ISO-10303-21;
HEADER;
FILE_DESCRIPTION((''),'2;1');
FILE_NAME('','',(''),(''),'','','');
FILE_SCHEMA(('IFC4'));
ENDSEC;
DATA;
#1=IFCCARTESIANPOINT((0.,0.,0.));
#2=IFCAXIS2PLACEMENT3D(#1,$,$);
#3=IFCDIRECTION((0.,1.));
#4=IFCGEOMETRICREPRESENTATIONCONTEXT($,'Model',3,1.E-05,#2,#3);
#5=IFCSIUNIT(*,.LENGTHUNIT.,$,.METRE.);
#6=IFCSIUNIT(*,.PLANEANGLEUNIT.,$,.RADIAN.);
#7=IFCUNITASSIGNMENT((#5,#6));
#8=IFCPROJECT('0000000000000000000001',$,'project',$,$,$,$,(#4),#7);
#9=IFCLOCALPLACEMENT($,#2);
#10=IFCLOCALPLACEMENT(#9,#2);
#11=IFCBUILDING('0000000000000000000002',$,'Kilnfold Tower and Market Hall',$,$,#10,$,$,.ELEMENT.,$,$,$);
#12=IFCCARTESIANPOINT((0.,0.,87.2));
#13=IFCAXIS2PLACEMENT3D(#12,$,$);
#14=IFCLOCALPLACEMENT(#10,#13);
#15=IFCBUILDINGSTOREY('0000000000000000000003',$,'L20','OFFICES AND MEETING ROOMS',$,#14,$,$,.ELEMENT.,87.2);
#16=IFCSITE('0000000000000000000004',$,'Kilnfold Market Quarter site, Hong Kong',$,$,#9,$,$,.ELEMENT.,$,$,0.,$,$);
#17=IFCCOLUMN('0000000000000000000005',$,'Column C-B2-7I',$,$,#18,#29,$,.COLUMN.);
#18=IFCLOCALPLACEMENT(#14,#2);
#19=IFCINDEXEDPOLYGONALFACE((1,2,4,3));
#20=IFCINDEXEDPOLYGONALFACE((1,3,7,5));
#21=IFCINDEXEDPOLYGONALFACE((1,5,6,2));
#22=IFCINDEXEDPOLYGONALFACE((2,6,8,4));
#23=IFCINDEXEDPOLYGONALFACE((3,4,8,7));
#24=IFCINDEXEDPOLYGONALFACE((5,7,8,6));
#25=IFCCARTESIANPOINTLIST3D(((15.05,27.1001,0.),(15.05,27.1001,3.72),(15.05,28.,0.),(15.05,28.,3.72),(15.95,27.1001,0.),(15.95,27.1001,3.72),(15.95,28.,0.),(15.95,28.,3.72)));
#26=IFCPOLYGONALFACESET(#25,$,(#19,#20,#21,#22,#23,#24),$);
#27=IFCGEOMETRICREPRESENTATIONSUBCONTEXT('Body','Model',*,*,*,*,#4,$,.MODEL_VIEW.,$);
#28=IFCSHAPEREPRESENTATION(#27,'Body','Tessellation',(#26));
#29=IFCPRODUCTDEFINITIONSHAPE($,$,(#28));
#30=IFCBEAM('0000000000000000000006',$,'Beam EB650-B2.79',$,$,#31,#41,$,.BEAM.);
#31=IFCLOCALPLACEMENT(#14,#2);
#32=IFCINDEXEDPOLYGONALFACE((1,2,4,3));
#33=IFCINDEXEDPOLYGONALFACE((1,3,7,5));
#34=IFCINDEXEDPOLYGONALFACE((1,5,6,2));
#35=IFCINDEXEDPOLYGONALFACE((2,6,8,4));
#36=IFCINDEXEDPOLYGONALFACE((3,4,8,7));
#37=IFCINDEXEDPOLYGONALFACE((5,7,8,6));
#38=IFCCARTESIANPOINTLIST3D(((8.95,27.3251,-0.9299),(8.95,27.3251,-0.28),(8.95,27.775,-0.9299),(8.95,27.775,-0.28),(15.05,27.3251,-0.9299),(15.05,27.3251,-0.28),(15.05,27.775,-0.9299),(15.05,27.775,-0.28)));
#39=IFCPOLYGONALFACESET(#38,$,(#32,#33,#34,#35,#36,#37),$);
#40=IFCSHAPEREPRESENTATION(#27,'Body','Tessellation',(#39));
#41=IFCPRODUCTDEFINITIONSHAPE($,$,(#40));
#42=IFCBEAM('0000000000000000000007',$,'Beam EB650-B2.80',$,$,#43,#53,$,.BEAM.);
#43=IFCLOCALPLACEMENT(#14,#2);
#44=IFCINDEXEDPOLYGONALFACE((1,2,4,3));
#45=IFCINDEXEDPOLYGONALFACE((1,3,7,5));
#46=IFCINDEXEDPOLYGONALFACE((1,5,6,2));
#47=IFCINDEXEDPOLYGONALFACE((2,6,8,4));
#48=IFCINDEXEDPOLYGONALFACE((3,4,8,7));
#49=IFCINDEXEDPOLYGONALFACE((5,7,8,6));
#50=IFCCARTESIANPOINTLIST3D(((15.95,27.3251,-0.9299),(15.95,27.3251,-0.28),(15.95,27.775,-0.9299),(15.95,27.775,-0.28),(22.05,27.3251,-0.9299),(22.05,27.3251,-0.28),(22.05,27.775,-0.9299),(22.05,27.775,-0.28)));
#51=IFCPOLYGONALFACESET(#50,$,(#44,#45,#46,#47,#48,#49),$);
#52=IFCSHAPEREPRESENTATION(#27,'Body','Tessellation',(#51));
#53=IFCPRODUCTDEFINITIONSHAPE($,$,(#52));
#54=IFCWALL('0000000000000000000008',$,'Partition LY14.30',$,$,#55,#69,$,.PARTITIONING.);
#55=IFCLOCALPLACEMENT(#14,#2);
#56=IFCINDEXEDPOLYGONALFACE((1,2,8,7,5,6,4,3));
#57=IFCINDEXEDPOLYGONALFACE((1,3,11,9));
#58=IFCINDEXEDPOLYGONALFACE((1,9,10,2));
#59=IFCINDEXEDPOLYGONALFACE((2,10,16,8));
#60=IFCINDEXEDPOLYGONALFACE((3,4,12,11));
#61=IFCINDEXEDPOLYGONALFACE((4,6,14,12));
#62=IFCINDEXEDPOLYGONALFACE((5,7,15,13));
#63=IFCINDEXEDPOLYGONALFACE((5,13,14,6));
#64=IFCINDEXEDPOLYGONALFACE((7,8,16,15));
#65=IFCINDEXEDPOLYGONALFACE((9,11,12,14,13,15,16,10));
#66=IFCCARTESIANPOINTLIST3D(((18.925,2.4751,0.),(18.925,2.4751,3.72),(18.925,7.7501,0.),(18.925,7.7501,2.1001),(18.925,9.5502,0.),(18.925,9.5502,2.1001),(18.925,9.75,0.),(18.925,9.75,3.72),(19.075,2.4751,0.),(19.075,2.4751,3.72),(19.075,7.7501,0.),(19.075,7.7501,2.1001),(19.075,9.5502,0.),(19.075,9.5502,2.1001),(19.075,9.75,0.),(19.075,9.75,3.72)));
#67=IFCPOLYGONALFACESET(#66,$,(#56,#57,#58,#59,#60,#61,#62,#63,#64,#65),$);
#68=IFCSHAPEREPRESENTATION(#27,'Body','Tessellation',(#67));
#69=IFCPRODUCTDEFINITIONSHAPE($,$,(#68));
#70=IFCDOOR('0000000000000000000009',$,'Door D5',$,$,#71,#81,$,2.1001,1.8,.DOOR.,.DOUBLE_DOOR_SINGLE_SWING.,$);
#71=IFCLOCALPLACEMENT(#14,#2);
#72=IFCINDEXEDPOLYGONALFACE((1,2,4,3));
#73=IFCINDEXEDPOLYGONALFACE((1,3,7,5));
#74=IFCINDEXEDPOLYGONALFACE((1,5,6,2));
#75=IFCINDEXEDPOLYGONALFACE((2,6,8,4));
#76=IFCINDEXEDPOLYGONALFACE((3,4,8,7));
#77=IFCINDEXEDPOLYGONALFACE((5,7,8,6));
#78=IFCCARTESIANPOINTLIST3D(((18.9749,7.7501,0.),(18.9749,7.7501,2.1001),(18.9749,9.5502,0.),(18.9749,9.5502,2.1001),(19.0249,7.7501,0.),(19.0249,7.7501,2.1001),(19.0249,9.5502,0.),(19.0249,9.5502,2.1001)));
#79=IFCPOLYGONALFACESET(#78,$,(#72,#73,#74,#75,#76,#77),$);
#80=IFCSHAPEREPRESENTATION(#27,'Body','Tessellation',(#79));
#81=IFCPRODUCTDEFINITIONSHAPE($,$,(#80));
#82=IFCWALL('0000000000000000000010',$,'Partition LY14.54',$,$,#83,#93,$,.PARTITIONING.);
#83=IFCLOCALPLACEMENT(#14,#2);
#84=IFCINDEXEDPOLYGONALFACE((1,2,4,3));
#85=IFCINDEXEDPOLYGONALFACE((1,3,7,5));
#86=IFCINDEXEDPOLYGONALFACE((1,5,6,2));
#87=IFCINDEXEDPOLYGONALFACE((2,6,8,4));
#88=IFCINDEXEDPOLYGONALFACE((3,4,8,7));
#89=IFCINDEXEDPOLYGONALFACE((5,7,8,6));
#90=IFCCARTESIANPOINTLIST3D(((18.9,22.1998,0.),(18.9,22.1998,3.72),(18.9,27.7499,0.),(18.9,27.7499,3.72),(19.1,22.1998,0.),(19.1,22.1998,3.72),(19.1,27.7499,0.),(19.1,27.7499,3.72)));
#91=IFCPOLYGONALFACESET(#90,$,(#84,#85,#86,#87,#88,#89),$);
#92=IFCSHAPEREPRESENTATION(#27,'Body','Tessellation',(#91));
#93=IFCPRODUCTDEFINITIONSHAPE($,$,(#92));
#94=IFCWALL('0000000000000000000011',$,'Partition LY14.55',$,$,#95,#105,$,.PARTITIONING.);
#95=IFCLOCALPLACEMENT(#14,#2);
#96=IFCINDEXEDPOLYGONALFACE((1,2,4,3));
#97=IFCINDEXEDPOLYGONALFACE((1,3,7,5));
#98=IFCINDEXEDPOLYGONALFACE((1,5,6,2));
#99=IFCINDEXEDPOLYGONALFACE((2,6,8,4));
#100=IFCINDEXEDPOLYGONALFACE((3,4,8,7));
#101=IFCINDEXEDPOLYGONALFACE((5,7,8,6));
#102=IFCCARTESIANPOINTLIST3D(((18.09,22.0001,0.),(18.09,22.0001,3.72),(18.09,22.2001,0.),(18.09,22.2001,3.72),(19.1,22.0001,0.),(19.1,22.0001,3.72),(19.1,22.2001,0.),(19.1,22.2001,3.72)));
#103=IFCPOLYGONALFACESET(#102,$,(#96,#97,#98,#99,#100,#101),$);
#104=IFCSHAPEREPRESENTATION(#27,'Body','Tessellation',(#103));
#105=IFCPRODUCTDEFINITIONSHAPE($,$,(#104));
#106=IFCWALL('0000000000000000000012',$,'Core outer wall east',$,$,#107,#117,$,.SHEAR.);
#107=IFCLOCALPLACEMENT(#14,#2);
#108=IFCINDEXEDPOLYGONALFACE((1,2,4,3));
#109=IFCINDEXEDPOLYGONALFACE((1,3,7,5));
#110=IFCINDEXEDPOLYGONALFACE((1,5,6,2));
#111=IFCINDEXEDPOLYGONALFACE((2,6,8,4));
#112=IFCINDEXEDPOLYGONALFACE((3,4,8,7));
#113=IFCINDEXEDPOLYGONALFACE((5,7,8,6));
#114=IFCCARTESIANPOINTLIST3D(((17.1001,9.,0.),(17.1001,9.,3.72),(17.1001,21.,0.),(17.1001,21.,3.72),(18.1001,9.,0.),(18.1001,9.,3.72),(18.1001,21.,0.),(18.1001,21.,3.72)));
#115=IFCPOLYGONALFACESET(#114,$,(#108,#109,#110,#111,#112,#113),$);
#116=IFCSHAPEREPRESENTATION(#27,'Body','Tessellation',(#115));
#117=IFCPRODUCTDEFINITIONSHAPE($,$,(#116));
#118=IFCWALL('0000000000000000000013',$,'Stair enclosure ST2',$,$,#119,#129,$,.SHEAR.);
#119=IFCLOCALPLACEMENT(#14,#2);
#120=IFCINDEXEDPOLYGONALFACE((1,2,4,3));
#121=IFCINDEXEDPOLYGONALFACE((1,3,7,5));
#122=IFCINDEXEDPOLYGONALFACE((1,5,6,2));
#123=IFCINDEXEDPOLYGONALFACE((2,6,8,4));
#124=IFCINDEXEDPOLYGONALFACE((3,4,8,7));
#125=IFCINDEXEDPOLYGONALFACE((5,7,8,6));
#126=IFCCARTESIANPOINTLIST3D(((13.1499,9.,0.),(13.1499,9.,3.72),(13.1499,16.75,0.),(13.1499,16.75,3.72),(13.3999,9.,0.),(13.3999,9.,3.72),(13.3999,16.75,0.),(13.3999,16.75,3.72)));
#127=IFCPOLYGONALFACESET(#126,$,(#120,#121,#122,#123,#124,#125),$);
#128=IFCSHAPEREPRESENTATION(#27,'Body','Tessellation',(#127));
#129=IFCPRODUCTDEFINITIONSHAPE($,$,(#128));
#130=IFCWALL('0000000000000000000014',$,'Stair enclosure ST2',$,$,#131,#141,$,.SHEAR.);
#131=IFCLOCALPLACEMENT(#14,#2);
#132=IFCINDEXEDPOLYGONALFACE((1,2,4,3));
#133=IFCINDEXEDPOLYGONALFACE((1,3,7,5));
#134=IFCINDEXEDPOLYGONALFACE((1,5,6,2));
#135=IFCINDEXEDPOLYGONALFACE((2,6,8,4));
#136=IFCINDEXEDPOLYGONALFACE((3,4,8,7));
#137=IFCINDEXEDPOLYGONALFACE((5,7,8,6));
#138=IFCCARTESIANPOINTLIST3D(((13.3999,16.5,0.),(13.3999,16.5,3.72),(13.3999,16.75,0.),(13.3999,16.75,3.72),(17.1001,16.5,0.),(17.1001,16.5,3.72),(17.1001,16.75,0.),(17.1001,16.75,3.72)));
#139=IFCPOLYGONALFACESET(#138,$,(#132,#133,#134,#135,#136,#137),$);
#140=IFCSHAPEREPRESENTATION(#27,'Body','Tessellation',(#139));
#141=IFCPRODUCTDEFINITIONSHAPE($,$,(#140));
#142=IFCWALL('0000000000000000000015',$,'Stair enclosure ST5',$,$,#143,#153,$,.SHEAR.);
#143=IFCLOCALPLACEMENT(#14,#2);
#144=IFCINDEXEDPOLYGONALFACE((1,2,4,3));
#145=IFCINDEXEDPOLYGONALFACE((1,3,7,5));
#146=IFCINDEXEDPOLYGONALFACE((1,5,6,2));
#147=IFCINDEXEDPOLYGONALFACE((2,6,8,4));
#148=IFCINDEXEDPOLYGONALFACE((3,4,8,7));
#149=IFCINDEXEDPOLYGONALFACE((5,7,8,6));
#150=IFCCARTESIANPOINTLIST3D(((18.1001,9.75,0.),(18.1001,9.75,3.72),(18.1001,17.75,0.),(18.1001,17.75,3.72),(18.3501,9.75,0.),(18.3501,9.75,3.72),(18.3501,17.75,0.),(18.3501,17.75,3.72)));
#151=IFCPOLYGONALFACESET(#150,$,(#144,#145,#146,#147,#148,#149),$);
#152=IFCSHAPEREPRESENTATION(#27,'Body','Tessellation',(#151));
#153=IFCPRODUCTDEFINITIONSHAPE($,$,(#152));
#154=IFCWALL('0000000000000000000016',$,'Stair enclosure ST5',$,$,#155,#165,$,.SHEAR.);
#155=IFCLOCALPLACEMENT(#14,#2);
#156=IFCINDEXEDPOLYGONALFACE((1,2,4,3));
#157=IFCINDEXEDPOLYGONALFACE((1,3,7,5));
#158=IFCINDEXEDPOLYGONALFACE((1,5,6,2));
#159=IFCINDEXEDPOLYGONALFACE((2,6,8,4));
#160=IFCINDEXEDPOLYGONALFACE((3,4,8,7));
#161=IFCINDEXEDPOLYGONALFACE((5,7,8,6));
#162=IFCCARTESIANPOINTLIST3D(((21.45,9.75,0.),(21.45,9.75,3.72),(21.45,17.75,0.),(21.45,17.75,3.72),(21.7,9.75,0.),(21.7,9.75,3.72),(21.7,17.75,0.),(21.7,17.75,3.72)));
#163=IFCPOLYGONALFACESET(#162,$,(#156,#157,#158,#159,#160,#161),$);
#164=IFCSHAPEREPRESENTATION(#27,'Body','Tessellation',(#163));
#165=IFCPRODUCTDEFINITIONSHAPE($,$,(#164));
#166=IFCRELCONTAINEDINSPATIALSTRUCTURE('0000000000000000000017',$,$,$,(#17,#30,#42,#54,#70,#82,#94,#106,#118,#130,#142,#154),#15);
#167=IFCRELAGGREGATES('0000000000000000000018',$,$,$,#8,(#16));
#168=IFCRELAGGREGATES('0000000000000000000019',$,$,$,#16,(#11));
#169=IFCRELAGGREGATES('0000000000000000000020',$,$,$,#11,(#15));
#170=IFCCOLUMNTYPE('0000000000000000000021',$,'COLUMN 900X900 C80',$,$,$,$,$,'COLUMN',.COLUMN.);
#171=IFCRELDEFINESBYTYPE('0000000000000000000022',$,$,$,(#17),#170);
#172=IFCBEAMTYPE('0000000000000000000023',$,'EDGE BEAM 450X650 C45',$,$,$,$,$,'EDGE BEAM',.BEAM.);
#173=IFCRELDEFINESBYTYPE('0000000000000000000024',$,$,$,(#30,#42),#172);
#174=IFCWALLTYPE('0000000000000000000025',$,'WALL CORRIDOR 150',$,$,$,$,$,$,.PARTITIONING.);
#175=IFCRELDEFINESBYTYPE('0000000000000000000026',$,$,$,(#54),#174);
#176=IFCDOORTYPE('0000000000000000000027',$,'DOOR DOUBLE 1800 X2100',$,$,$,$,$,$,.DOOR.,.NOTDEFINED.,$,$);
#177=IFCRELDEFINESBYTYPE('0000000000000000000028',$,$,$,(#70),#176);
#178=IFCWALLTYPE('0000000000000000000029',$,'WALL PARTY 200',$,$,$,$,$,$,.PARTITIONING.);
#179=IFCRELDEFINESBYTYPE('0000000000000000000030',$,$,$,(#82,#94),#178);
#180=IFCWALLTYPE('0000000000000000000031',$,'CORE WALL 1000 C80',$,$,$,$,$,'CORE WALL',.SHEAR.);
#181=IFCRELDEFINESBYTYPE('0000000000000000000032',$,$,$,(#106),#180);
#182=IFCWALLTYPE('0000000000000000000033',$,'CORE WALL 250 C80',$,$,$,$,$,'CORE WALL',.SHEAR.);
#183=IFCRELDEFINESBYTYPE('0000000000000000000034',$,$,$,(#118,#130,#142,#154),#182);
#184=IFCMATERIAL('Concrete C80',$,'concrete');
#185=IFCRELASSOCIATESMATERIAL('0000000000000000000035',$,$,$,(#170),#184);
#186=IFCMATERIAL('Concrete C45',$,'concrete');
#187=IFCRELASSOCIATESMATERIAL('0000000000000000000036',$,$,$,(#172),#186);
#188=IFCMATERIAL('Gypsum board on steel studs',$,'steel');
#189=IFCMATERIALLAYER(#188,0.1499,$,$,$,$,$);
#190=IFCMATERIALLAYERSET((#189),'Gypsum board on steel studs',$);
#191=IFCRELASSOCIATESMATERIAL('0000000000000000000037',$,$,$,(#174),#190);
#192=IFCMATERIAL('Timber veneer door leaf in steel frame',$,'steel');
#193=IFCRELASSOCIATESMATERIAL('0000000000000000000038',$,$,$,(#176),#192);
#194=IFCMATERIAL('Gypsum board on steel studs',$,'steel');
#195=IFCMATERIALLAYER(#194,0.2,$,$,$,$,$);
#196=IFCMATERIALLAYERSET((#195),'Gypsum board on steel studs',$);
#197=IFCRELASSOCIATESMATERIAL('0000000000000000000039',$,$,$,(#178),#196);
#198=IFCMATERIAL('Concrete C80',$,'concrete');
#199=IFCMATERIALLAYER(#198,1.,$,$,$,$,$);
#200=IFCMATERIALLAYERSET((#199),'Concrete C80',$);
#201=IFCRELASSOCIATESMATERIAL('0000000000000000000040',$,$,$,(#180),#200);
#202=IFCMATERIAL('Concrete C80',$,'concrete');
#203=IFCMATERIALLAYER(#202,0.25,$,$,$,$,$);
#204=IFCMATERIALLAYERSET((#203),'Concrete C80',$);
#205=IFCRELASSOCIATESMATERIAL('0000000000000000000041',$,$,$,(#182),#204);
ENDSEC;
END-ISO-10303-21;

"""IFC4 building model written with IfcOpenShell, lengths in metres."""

from ifc_helpers import new_model, si_unit, direction, frame, frame_2d, origin, origin_2d, place, context, subcontext, project, spatial, rectangle, extrude, source, transform, mapped, material, layer, layer_set, material_profile, profile_set, type_object, element, fill, save


model = new_model("IFC4")

# Units and contexts
model_context = context("Model", 3, precision=1e-05, world=origin(), true_north=direction((0.0, 1.0)))
body_context = subcontext(model_context, "Body", "Model", "MODEL_VIEW")
ifc_project = project(units=[si_unit("LENGTHUNIT", "METRE"), si_unit("PLANEANGLEUNIT", "RADIAN")], contexts=[model_context])

# Site, building, storey
site_placement = place(None, origin())
site = spatial("IfcSite", under=ifc_project, at=site_placement, Name="Kilnfold Market Quarter site, Hong Kong", CompositionType="ELEMENT", RefElevation=0.0)
building_placement = place(site_placement, origin())
building = spatial("IfcBuilding", under=site, at=building_placement, Name="Kilnfold Tower and Market Hall", CompositionType="ELEMENT")
storey_placement = place(building_placement, frame((0.0, 0.0, 87.2)))
storey = spatial("IfcBuildingStorey", under=building, at=storey_placement, Name="L20", Description="OFFICES AND MEETING ROOMS", CompositionType="ELEMENT", Elevation=87.2)

# Column
ifc_material_1 = material(Name="Concrete C80", Category="concrete")
ifc_material_profile_1 = material_profile(ifc_material_1, rectangle(XDim=0.8999, YDim=0.8999, at=origin_2d()), Name="RC 900x900")
ifc_profile_set_1 = profile_set([ifc_material_profile_1], Name="Concrete C80")
column_type = type_object("IfcColumnType", Name="COLUMN 900X900 C80", ElementType="COLUMN", PredefinedType="COLUMN", material=ifc_profile_set_1)
shared_shape_1 = source(origin(), body_context, "Body", "SweptSolid", [
    extrude(rectangle(XDim=0.8999, YDim=0.8999, at=origin_2d()), origin(), (0.0, 0.0, 1.0), 3.72),
])
column_placement = place(storey_placement, frame((15.5, 27.55, 0.0), z_axis=(0.0, 0.0, 1.0), x_axis=(1.0, 0.0, 0.0)))
element("IfcColumn", 1, at=column_placement, inside=storey, type_object=column_type, Name="Column C-B2-7I", PredefinedType="COLUMN", context=body_context, shape_type="MappedRepresentation", body=[
    mapped(shared_shape_1, transform((0.0, 0.0, 0.0))),
])

# Beams
ifc_material_2 = material(Name="Concrete C45", Category="concrete")
ifc_material_profile_2 = material_profile(ifc_material_2, rectangle(XDim=0.45, YDim=0.6499, at=origin_2d()), Name="RC 450x650")
ifc_profile_set_2 = profile_set([ifc_material_profile_2], Name="Concrete C45")
beam_type = type_object("IfcBeamType", Name="EDGE BEAM 450X650 C45", ElementType="EDGE BEAM", PredefinedType="BEAM", material=ifc_profile_set_2)
shared_shape_2 = source(origin(), body_context, "Body", "SweptSolid", [
    extrude(rectangle(XDim=0.45, YDim=0.6499, at=origin_2d()), origin(), (0.0, 0.0, 1.0), 6.1001),
])
for number, where, z_axis, x_axis, name in (
    (2, (8.95, 27.55, -0.605), (1.0, 0.0, 0.0), (0.0, 1.0, 0.0), "Beam EB650-B2.79"),
    (3, (15.95, 27.55, -0.605), (1.0, 0.0, 0.0), (0.0, 1.0, 0.0), "Beam EB650-B2.80"),
):
    element("IfcBeam", number, at=place(storey_placement, frame(where, z_axis=z_axis, x_axis=x_axis)), inside=storey, type_object=beam_type, Name=name, PredefinedType="BEAM", context=body_context, shape_type="MappedRepresentation", body=[
        mapped(shared_shape_2, transform((0.0, 0.0, 0.0))),
    ])

# Wall, opening, door
ifc_material_3 = material(Name="Gypsum board on steel studs", Category="steel")
ifc_layer_1 = layer(ifc_material_3, 0.1499)
ifc_layer_set_1 = layer_set([ifc_layer_1], Name="Gypsum board on steel studs")
wall_type_1 = type_object("IfcWallType", Name="WALL CORRIDOR 150", PredefinedType="PARTITIONING", material=ifc_layer_set_1)
wall_1_placement = place(storey_placement, frame((19.0, 9.75, 0.0), z_axis=(0.0, 0.0, 1.0), x_axis=(0.0, -1.0, 0.0)))
wall_1 = element("IfcWall", 4, at=wall_1_placement, inside=storey, type_object=wall_type_1, Name="Partition LY14.30", PredefinedType="PARTITIONING", context=body_context, shape_type="SweptSolid", body=[
    extrude(rectangle(XDim=7.2749, YDim=0.1499, at=frame_2d((3.6375, 0.0))), origin(), (0.0, 0.0, 1.0), 3.72),
])
opening_1_placement = place(wall_1_placement, frame((0.2, 0.0, 0.0)))
opening_1 = element("IfcOpeningElement", 5, at=opening_1_placement, cuts=wall_1, PredefinedType="OPENING", context=body_context, shape_type="SweptSolid", body=[
    extrude(rectangle(XDim=1.8, YDim=2.1001, at=frame_2d((0.8999, 1.05))), frame((0.0, 0.085, 0.0), z_axis=(0.0, -1.0, 0.0), x_axis=(1.0, 0.0, 0.0)), (0.0, 0.0, 1.0), 0.1699),
])
ifc_material_4 = material(Name="Timber veneer door leaf in steel frame", Category="steel")
door_type_1 = type_object("IfcDoorType", Name="DOOR DOUBLE 1800 X2100", OperationType="NOTDEFINED", PredefinedType="DOOR", material=ifc_material_4)
door_1_placement = place(opening_1_placement, origin())
door_1 = element("IfcDoor", 6, at=door_1_placement, inside=storey, type_object=door_type_1, Name="Door D5", OperationType="DOUBLE_DOOR_SINGLE_SWING", OverallHeight=2.1001, OverallWidth=1.8, PredefinedType="DOOR", context=body_context, shape_type="SweptSolid", body=[
    extrude(rectangle(XDim=1.8, YDim=2.1001, at=frame_2d((0.8999, 1.05))), frame((0.0, 0.0249, 0.0), z_axis=(0.0, -1.0, 0.0), x_axis=(1.0, 0.0, 0.0)), (0.0, 0.0, 1.0), 0.05),
])
fill(opening_1, door_1)

# Walls
ifc_material_5 = material(Name="Gypsum board on steel studs", Category="steel")
ifc_layer_2 = layer(ifc_material_5, 0.2)
ifc_layer_set_2 = layer_set([ifc_layer_2], Name="Gypsum board on steel studs")
wall_type_2 = type_object("IfcWallType", Name="WALL PARTY 200", PredefinedType="PARTITIONING", material=ifc_layer_set_2)
wall_2_placement = place(storey_placement, frame((19.0, 22.2, 0.0), z_axis=(0.0, 0.0, 1.0), x_axis=(0.0, 1.0, 0.0)))
element("IfcWall", 7, at=wall_2_placement, inside=storey, type_object=wall_type_2, Name="Partition LY14.54", PredefinedType="PARTITIONING", context=body_context, shape_type="SweptSolid", body=[
    extrude(rectangle(XDim=5.55, YDim=0.2, at=frame_2d((2.7749, 0.0))), origin(), (0.0, 0.0, 1.0), 3.72),
])
wall_3_placement = place(storey_placement, frame((18.0901, 22.1001, 0.0), z_axis=(0.0, 0.0, 1.0), x_axis=(1.0, 0.0, 0.0)))
element("IfcWall", 8, at=wall_3_placement, inside=storey, type_object=wall_type_2, Name="Partition LY14.55", PredefinedType="PARTITIONING", context=body_context, shape_type="SweptSolid", body=[
    extrude(rectangle(XDim=1.01, YDim=0.2, at=frame_2d((0.5049, 0.0))), origin(), (0.0, 0.0, 1.0), 3.72),
])
ifc_material_6 = material(Name="Concrete C80", Category="concrete")
ifc_layer_3 = layer(ifc_material_6, 1.0)
ifc_layer_set_3 = layer_set([ifc_layer_3], Name="Concrete C80")
wall_type_3 = type_object("IfcWallType", Name="CORE WALL 1000 C80", ElementType="CORE WALL", PredefinedType="SHEAR", material=ifc_layer_set_3)
shared_shape_3 = source(origin(), body_context, "Body", "SweptSolid", [
    extrude(rectangle(XDim=12.0, YDim=1.0, at=frame_2d((6.0, 0.0))), origin(), (0.0, 0.0, 1.0), 3.72),
])
wall_4_placement = place(storey_placement, frame((17.6001, 9.0, 0.0), z_axis=(0.0, 0.0, 1.0), x_axis=(0.0, 1.0, 0.0)))
element("IfcWall", 9, at=wall_4_placement, inside=storey, type_object=wall_type_3, Name="Core outer wall east", PredefinedType="SHEAR", context=body_context, shape_type="MappedRepresentation", body=[
    mapped(shared_shape_3, transform((0.0, 0.0, 0.0))),
])
ifc_material_7 = material(Name="Concrete C80", Category="concrete")
ifc_layer_4 = layer(ifc_material_7, 0.25)
ifc_layer_set_4 = layer_set([ifc_layer_4], Name="Concrete C80")
wall_type_4 = type_object("IfcWallType", Name="CORE WALL 250 C80", ElementType="CORE WALL", PredefinedType="SHEAR", material=ifc_layer_set_4)
shared_shape_4 = source(origin(), body_context, "Body", "SweptSolid", [
    extrude(rectangle(XDim=7.75, YDim=0.25, at=frame_2d((3.875, 0.0))), origin(), (0.0, 0.0, 1.0), 3.72),
])
wall_5_placement = place(storey_placement, frame((13.2749, 9.0, 0.0), z_axis=(0.0, 0.0, 1.0), x_axis=(0.0, 1.0, 0.0)))
element("IfcWall", 10, at=wall_5_placement, inside=storey, type_object=wall_type_4, Name="Stair enclosure ST2", PredefinedType="SHEAR", context=body_context, shape_type="MappedRepresentation", body=[
    mapped(shared_shape_4, transform((0.0, 0.0, 0.0))),
])
shared_shape_5 = source(origin(), body_context, "Body", "SweptSolid", [
    extrude(rectangle(XDim=3.7002, YDim=0.25, at=frame_2d((1.8501, 0.0))), origin(), (0.0, 0.0, 1.0), 3.72),
])
wall_6_placement = place(storey_placement, frame((13.3999, 16.625, 0.0), z_axis=(0.0, 0.0, 1.0), x_axis=(1.0, 0.0, 0.0)))
element("IfcWall", 11, at=wall_6_placement, inside=storey, type_object=wall_type_4, Name="Stair enclosure ST2", PredefinedType="SHEAR", context=body_context, shape_type="MappedRepresentation", body=[
    mapped(shared_shape_5, transform((0.0, 0.0, 0.0))),
])
shared_shape_6 = source(origin(), body_context, "Body", "SweptSolid", [
    extrude(rectangle(XDim=8.0, YDim=0.25, at=frame_2d((4.0, 0.0))), origin(), (0.0, 0.0, 1.0), 3.72),
])
for number, where, z_axis, x_axis, name in (
    (12, (18.2251, 9.75, 0.0), (0.0, 0.0, 1.0), (0.0, 1.0, 0.0), "Stair enclosure ST5"),
    (13, (21.575, 9.75, 0.0), (0.0, 0.0, 1.0), (0.0, 1.0, 0.0), "Stair enclosure ST5"),
):
    element("IfcWall", number, at=place(storey_placement, frame(where, z_axis=z_axis, x_axis=x_axis)), inside=storey, type_object=wall_type_4, Name=name, PredefinedType="SHEAR", context=body_context, shape_type="MappedRepresentation", body=[
        mapped(shared_shape_6, transform((0.0, 0.0, 0.0))),
    ])

save(model, "model.ifc")
